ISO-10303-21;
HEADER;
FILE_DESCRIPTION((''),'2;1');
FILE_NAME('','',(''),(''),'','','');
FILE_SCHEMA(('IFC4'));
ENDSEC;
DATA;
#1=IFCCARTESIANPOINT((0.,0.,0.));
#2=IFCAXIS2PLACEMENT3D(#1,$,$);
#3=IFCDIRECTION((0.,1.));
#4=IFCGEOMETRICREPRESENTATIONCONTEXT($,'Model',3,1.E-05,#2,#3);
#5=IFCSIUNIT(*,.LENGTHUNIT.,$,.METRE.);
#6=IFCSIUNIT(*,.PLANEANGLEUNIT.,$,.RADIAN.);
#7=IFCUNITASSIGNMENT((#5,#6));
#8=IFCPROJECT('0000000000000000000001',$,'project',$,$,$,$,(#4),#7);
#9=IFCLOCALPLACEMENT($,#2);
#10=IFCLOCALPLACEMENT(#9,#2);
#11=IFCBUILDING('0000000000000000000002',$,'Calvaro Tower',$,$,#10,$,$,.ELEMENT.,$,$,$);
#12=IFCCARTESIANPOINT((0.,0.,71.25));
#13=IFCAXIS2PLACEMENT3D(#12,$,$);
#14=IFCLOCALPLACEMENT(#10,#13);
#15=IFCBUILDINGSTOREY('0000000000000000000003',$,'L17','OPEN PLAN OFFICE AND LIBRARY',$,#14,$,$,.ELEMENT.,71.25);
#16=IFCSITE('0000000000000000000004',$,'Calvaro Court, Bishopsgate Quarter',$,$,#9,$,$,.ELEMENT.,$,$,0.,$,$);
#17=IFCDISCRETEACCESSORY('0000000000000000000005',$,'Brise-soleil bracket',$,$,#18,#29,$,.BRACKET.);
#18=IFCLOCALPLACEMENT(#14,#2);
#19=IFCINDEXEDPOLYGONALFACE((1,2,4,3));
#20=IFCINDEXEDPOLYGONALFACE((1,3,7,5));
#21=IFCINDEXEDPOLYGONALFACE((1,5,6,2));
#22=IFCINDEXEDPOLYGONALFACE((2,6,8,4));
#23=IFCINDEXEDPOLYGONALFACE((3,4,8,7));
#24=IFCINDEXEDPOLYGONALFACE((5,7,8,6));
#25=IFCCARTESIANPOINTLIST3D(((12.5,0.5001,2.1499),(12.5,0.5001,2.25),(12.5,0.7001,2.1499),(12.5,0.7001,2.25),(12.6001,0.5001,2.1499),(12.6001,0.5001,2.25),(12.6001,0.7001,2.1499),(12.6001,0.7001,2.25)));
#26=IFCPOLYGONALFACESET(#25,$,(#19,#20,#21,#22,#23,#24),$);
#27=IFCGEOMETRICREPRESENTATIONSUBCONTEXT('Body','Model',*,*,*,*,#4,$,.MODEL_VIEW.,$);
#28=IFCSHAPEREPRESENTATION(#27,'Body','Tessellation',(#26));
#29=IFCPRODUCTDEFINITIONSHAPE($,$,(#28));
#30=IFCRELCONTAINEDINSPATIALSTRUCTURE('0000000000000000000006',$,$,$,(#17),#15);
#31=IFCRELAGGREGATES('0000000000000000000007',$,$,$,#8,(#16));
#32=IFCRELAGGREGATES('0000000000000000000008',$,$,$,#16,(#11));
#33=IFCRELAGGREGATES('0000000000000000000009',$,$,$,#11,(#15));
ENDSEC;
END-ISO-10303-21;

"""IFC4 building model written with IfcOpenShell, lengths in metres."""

from ifc_helpers import new_model, si_unit, direction, frame, origin, origin_2d, place, context, subcontext, project, spatial, rectangle, extrude, element, save


model = new_model("IFC4")

# Units and contexts
model_context = context("Model", 3, precision=1e-05, world=origin(), true_north=direction((0.0, 1.0)))
body_context = subcontext(model_context, "Body", "Model", "MODEL_VIEW")
ifc_project = project(units=[si_unit("LENGTHUNIT", "METRE"), si_unit("PLANEANGLEUNIT", "RADIAN")], contexts=[model_context])

# Site, building, storey
site_placement = place(None, origin())
site = spatial("IfcSite", under=ifc_project, at=site_placement, Name="Calvaro Court, Bishopsgate Quarter", CompositionType="ELEMENT", RefElevation=0.0)
building_placement = place(site_placement, origin())
building = spatial("IfcBuilding", under=site, at=building_placement, Name="Calvaro Tower", CompositionType="ELEMENT")
storey_placement = place(building_placement, frame((0.0, 0.0, 71.25)))
storey = spatial("IfcBuildingStorey", under=building, at=storey_placement, Name="L17", Description="OPEN PLAN OFFICE AND LIBRARY", CompositionType="ELEMENT", Elevation=71.25)

# Discrete accessory
for number, where, z_axis, x_axis, name in (
    (1, (12.55, 0.6001, 2.1499), (0.0, 0.0, 1.0), (1.0, 0.0, 0.0), "Brise-soleil bracket"),
):
    element("IfcDiscreteAccessory", number, at=place(storey_placement, frame(where, z_axis=z_axis, x_axis=x_axis)), inside=storey, Name=name, PredefinedType="BRACKET", context=body_context, shape_type="SweptSolid", body=[
        extrude(rectangle(XDim=0.1001, YDim=0.2, at=origin_2d()), origin(), (0.0, 0.0, 1.0), 0.1001),
    ])

save(model, "model.ifc")
